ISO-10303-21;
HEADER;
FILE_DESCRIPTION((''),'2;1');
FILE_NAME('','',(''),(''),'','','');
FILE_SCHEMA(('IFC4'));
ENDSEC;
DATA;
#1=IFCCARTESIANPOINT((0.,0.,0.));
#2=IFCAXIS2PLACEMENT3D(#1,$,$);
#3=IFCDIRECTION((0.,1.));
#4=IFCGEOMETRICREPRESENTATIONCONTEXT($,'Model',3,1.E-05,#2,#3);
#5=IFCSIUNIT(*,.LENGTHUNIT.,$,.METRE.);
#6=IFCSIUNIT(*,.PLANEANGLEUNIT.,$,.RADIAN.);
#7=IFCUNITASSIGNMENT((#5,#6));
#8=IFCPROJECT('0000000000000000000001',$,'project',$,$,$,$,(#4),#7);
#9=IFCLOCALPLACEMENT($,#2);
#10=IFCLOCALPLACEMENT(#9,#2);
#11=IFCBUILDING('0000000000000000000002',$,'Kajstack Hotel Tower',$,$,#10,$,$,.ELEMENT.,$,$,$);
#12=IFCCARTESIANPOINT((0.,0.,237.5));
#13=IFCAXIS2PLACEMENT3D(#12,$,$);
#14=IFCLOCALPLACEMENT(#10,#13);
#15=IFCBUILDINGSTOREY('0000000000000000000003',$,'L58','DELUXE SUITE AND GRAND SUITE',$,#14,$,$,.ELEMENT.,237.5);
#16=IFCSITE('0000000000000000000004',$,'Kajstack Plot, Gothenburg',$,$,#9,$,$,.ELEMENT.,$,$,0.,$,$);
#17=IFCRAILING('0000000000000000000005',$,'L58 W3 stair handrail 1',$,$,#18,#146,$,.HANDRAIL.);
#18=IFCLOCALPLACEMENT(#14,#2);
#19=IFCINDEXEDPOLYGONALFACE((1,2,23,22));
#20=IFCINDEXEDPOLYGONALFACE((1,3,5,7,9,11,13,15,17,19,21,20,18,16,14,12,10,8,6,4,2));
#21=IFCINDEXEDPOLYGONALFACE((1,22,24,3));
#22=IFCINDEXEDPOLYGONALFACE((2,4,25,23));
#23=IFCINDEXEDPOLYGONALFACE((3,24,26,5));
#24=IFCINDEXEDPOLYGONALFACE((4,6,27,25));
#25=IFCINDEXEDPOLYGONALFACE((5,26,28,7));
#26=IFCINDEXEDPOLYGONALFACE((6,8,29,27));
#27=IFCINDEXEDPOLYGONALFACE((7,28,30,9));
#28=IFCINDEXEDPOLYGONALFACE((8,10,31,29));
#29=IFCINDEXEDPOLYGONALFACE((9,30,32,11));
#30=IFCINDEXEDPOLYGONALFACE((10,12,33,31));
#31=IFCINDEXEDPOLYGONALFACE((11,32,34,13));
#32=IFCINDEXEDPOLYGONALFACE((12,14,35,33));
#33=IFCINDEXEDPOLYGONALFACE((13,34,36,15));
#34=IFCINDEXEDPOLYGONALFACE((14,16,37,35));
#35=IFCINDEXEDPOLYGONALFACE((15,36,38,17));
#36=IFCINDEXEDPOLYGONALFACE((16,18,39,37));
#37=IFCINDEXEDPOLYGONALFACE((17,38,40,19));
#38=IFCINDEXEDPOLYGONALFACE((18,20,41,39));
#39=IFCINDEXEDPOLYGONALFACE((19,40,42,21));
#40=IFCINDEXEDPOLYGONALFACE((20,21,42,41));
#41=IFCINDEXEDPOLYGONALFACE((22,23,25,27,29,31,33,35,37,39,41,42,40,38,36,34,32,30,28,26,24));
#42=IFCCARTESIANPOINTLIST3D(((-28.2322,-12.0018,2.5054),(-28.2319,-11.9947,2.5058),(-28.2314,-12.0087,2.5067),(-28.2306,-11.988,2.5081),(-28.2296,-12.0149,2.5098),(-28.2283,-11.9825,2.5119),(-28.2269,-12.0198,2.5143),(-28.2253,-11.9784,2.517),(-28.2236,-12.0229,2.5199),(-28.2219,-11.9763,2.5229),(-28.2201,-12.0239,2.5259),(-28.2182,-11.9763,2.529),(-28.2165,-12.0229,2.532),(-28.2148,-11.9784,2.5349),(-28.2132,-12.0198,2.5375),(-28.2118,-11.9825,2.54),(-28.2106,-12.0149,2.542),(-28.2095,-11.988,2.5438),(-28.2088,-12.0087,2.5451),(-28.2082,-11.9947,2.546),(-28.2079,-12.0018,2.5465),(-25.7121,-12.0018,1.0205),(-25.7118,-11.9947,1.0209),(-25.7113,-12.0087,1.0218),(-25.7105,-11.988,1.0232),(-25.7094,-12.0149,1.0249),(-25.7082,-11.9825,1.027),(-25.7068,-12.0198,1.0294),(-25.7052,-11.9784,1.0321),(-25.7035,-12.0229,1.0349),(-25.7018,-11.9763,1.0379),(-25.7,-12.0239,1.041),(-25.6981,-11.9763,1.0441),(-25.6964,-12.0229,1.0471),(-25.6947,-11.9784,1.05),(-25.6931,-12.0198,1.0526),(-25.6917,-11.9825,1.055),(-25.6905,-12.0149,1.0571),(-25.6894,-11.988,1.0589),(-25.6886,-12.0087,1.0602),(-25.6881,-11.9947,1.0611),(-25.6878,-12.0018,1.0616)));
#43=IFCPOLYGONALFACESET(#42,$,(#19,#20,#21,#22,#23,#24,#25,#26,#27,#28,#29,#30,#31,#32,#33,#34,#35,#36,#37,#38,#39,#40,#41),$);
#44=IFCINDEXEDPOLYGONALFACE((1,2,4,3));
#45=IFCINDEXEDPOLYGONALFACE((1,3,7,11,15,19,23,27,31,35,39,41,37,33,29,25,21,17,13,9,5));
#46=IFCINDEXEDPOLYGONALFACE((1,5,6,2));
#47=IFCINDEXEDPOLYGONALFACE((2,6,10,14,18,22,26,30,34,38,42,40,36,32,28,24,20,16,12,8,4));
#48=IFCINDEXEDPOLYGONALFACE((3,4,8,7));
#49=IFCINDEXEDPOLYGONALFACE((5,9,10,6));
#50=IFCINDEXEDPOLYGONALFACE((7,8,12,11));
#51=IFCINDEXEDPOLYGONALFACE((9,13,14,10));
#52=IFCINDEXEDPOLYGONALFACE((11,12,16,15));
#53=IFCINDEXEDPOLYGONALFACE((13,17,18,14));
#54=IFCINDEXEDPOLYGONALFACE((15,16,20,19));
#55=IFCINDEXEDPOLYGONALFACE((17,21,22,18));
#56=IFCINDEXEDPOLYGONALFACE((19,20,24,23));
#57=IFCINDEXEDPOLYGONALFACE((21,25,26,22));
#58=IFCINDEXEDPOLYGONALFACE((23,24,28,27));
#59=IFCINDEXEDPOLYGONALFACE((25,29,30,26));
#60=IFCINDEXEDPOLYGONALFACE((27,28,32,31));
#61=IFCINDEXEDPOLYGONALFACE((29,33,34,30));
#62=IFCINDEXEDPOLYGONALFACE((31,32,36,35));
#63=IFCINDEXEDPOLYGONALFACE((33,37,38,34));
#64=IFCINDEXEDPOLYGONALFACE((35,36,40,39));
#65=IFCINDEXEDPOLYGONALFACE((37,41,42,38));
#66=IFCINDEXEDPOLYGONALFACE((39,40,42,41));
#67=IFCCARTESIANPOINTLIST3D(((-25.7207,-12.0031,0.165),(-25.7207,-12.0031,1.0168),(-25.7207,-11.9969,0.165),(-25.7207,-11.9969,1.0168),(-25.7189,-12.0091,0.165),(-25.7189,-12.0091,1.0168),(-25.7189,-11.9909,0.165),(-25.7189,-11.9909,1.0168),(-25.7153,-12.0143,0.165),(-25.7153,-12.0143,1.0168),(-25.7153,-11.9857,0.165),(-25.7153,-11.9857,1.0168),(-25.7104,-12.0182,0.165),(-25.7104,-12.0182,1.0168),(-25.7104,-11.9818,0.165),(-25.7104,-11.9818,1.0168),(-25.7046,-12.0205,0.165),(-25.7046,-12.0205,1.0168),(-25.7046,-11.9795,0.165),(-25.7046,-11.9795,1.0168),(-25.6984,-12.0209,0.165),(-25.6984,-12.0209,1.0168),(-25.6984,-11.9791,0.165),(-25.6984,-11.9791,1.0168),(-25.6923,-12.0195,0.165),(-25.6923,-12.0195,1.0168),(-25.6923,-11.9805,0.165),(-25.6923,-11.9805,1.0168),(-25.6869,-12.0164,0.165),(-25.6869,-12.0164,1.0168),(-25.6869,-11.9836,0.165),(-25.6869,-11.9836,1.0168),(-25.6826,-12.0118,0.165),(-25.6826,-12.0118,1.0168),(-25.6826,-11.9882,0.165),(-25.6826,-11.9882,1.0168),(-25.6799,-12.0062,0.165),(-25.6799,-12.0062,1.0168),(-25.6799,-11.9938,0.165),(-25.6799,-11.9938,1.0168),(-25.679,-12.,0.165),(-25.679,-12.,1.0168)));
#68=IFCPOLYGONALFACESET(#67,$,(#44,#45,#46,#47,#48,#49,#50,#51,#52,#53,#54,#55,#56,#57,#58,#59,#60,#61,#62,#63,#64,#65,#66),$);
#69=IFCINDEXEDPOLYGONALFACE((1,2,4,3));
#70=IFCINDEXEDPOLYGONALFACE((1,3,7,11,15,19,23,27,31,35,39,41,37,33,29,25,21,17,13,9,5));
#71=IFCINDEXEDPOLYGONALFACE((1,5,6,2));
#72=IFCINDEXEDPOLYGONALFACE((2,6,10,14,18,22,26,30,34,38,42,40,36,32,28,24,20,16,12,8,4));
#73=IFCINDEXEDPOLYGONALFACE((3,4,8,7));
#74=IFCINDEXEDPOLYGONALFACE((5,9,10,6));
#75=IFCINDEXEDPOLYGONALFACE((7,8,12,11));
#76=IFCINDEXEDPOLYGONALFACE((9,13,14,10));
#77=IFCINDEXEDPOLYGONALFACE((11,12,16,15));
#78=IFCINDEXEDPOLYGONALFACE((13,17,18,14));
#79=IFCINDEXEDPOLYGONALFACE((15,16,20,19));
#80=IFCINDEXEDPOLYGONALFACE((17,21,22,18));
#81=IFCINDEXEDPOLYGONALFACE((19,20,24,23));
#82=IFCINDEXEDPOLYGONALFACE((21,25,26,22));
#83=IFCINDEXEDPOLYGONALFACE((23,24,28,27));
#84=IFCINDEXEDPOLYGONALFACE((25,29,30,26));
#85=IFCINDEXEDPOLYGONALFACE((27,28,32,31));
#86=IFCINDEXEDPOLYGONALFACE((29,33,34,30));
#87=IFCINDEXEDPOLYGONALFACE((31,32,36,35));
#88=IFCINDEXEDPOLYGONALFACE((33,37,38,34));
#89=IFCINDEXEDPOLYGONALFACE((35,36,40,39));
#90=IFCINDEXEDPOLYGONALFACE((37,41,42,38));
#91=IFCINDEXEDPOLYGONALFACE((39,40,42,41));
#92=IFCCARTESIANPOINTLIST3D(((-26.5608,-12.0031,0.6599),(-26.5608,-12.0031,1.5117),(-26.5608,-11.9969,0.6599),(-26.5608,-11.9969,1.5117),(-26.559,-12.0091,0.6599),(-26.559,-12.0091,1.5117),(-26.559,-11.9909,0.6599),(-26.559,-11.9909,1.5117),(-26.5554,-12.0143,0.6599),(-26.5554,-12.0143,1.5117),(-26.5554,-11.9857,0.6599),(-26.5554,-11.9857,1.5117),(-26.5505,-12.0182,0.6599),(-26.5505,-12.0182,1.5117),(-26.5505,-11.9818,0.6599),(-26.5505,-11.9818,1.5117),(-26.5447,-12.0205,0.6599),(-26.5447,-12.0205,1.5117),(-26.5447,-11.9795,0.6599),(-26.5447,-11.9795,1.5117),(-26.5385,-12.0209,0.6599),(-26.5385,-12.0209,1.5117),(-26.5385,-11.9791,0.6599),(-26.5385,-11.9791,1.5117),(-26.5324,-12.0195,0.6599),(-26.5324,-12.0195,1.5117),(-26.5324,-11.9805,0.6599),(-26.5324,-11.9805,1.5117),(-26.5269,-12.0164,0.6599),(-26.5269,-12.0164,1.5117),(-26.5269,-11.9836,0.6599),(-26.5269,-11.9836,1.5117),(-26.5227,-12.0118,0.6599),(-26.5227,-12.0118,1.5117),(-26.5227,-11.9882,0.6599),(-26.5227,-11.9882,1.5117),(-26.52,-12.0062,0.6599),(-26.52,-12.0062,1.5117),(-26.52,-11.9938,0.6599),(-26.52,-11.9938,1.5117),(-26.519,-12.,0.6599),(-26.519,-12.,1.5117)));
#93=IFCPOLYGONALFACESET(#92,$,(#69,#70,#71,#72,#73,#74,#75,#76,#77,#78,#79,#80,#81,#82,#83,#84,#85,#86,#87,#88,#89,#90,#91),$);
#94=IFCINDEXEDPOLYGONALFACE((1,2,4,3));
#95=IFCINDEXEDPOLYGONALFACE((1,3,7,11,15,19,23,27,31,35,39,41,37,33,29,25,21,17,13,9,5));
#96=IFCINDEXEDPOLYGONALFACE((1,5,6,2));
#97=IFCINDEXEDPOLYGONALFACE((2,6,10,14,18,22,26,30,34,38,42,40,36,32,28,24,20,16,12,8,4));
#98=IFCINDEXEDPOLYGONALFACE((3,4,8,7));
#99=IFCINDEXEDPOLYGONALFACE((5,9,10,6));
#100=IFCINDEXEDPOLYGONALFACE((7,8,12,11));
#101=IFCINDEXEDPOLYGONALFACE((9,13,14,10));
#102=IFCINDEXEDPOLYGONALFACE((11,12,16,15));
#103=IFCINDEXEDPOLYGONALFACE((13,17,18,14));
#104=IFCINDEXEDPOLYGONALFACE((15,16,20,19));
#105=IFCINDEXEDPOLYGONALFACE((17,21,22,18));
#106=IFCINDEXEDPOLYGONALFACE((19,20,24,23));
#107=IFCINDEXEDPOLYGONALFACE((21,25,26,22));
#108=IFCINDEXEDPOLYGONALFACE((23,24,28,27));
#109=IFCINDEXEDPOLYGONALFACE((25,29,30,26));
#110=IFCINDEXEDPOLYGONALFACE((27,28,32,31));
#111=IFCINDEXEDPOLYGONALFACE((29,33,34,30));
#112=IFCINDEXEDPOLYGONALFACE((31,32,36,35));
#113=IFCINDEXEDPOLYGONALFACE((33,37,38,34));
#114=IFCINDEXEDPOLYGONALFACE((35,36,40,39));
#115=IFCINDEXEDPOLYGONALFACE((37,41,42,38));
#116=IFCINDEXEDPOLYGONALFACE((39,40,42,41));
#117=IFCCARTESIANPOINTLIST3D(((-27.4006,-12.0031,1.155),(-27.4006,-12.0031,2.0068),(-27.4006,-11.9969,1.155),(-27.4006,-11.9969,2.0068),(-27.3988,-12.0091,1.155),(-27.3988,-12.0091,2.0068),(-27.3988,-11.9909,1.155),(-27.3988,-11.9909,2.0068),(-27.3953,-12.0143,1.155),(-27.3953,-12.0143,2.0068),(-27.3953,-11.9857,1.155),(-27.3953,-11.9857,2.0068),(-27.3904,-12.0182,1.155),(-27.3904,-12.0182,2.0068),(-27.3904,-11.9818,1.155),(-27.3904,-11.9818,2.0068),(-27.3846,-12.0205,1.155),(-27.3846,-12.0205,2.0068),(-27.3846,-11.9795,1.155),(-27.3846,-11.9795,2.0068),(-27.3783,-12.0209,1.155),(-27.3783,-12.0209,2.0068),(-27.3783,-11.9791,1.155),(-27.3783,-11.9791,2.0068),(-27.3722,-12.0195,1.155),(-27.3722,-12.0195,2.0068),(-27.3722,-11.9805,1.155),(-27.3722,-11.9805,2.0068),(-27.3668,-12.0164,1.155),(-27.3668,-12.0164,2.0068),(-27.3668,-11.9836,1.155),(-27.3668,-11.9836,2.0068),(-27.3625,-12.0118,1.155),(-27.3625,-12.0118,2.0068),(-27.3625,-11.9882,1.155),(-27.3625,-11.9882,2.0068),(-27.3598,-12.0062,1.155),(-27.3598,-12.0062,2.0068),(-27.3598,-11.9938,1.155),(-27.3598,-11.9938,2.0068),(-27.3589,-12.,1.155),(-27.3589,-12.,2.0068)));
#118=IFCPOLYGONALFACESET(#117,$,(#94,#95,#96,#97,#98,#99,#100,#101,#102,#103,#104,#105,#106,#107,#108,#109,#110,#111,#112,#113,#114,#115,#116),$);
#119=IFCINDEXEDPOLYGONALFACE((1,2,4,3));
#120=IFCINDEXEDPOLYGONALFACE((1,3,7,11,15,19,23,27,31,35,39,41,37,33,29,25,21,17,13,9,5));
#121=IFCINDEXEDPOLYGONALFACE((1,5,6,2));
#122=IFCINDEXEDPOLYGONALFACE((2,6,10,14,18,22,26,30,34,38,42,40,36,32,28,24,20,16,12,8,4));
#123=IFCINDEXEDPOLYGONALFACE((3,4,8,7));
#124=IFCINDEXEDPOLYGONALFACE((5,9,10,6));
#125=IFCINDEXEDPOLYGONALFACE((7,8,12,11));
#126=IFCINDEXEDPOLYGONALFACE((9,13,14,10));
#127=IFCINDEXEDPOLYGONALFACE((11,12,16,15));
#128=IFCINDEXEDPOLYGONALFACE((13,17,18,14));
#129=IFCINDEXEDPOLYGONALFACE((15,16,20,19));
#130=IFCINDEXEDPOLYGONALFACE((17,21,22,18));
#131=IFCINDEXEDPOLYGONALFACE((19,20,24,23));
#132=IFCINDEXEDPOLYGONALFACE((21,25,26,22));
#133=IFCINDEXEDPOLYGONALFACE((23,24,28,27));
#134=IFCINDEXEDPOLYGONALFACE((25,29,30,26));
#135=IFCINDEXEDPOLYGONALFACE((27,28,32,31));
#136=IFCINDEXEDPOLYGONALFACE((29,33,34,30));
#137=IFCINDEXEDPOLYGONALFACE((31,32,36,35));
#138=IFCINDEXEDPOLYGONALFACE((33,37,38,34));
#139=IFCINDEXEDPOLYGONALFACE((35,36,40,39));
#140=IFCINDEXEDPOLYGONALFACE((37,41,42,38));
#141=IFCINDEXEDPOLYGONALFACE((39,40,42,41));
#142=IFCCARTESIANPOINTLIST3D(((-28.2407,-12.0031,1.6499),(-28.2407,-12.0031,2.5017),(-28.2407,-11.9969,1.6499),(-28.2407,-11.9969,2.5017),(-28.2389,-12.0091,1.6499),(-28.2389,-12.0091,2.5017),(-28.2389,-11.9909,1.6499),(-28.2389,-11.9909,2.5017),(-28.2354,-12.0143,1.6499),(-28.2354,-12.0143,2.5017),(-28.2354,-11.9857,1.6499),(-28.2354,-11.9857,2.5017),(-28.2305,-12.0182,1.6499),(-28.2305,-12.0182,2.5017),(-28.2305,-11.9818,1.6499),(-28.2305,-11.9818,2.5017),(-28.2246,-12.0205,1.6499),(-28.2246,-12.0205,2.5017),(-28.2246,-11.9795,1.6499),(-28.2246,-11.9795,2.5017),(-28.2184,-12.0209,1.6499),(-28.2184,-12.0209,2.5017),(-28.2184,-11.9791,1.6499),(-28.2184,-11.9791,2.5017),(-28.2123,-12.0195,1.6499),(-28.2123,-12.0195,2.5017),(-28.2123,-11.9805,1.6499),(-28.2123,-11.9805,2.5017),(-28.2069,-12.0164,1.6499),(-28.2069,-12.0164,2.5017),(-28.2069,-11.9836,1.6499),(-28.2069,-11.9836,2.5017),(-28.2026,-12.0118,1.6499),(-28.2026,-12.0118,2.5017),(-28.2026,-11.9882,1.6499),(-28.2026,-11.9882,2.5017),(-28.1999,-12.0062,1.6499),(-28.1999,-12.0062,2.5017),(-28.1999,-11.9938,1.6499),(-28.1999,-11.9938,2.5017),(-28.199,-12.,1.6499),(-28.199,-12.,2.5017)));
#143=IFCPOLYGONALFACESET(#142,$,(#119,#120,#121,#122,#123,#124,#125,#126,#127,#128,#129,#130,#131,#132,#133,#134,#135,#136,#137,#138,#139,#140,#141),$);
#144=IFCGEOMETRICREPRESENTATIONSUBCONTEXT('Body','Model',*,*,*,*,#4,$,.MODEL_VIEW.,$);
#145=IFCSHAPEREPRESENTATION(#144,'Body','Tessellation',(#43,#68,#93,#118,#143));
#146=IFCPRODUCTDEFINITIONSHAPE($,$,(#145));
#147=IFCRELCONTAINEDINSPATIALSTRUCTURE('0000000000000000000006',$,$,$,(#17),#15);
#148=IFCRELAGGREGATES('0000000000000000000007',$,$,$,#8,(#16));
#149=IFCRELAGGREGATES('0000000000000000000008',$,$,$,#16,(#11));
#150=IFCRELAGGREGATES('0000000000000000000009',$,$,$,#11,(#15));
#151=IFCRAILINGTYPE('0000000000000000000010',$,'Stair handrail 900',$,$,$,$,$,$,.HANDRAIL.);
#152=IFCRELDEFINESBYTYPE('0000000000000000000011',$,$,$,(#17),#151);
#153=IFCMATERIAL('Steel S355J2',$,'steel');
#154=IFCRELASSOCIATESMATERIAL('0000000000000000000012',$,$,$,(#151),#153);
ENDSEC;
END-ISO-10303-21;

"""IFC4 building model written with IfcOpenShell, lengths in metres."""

from ifc_helpers import new_model, si_unit, direction, frame, origin, origin_2d, place, context, subcontext, project, spatial, circle, extrude, material, type_object, element, save


model = new_model("IFC4")

# Units and contexts
model_context = context("Model", 3, precision=1e-05, world=origin(), true_north=direction((0.0, 1.0)))
body_context = subcontext(model_context, "Body", "Model", "MODEL_VIEW")
ifc_project = project(units=[si_unit("LENGTHUNIT", "METRE"), si_unit("PLANEANGLEUNIT", "RADIAN")], contexts=[model_context])

# Site, building, storey
site_placement = place(None, origin())
site = spatial("IfcSite", under=ifc_project, at=site_placement, Name="Kajstack Plot, Gothenburg", CompositionType="ELEMENT", RefElevation=0.0)
building_placement = place(site_placement, origin())
building = spatial("IfcBuilding", under=site, at=building_placement, Name="Kajstack Hotel Tower", CompositionType="ELEMENT")
storey_placement = place(building_placement, frame((0.0, 0.0, 237.5)))
storey = spatial("IfcBuildingStorey", under=building, at=storey_placement, Name="L58", Description="DELUXE SUITE AND GRAND SUITE", CompositionType="ELEMENT", Elevation=237.5)

# Railing
ifc_material_1 = material(Name="Steel S355J2", Category="steel")
railing_type_1 = type_object("IfcRailingType", Name="Stair handrail 900", PredefinedType="HANDRAIL", material=ifc_material_1)
railing_1_placement = place(storey_placement, frame((-25.7, -12.0, 0.165)))
element("IfcRailing", 1, at=railing_1_placement, inside=storey, type_object=railing_type_1, Name="L58 W3 stair handrail 1", PredefinedType="HANDRAIL", context=body_context, shape_type="SweptSolid", body=[
    extrude(circle(Radius=0.0239, at=origin_2d()), frame((0.0, 0.0, 0.876), z_axis=(-0.861561, 0.0, 0.507655), x_axis=(0.0, -1.0, 0.0)), (0.0, 0.0, 1.0), 2.925),
    extrude(circle(Radius=0.021, at=origin_2d()), origin(), (0.0, 0.0, 1.0), 0.8518),
    extrude(circle(Radius=0.021, at=origin_2d()), frame((-0.8401, 0.0, 0.4949)), (0.0, 0.0, 1.0), 0.8518),
    extrude(circle(Radius=0.021, at=origin_2d()), frame((-1.6799, 0.0, 0.99)), (0.0, 0.0, 1.0), 0.8518),
    extrude(circle(Radius=0.021, at=origin_2d()), frame((-2.52, 0.0, 1.4849)), (0.0, 0.0, 1.0), 0.8518),
])

save(model, "model.ifc")
